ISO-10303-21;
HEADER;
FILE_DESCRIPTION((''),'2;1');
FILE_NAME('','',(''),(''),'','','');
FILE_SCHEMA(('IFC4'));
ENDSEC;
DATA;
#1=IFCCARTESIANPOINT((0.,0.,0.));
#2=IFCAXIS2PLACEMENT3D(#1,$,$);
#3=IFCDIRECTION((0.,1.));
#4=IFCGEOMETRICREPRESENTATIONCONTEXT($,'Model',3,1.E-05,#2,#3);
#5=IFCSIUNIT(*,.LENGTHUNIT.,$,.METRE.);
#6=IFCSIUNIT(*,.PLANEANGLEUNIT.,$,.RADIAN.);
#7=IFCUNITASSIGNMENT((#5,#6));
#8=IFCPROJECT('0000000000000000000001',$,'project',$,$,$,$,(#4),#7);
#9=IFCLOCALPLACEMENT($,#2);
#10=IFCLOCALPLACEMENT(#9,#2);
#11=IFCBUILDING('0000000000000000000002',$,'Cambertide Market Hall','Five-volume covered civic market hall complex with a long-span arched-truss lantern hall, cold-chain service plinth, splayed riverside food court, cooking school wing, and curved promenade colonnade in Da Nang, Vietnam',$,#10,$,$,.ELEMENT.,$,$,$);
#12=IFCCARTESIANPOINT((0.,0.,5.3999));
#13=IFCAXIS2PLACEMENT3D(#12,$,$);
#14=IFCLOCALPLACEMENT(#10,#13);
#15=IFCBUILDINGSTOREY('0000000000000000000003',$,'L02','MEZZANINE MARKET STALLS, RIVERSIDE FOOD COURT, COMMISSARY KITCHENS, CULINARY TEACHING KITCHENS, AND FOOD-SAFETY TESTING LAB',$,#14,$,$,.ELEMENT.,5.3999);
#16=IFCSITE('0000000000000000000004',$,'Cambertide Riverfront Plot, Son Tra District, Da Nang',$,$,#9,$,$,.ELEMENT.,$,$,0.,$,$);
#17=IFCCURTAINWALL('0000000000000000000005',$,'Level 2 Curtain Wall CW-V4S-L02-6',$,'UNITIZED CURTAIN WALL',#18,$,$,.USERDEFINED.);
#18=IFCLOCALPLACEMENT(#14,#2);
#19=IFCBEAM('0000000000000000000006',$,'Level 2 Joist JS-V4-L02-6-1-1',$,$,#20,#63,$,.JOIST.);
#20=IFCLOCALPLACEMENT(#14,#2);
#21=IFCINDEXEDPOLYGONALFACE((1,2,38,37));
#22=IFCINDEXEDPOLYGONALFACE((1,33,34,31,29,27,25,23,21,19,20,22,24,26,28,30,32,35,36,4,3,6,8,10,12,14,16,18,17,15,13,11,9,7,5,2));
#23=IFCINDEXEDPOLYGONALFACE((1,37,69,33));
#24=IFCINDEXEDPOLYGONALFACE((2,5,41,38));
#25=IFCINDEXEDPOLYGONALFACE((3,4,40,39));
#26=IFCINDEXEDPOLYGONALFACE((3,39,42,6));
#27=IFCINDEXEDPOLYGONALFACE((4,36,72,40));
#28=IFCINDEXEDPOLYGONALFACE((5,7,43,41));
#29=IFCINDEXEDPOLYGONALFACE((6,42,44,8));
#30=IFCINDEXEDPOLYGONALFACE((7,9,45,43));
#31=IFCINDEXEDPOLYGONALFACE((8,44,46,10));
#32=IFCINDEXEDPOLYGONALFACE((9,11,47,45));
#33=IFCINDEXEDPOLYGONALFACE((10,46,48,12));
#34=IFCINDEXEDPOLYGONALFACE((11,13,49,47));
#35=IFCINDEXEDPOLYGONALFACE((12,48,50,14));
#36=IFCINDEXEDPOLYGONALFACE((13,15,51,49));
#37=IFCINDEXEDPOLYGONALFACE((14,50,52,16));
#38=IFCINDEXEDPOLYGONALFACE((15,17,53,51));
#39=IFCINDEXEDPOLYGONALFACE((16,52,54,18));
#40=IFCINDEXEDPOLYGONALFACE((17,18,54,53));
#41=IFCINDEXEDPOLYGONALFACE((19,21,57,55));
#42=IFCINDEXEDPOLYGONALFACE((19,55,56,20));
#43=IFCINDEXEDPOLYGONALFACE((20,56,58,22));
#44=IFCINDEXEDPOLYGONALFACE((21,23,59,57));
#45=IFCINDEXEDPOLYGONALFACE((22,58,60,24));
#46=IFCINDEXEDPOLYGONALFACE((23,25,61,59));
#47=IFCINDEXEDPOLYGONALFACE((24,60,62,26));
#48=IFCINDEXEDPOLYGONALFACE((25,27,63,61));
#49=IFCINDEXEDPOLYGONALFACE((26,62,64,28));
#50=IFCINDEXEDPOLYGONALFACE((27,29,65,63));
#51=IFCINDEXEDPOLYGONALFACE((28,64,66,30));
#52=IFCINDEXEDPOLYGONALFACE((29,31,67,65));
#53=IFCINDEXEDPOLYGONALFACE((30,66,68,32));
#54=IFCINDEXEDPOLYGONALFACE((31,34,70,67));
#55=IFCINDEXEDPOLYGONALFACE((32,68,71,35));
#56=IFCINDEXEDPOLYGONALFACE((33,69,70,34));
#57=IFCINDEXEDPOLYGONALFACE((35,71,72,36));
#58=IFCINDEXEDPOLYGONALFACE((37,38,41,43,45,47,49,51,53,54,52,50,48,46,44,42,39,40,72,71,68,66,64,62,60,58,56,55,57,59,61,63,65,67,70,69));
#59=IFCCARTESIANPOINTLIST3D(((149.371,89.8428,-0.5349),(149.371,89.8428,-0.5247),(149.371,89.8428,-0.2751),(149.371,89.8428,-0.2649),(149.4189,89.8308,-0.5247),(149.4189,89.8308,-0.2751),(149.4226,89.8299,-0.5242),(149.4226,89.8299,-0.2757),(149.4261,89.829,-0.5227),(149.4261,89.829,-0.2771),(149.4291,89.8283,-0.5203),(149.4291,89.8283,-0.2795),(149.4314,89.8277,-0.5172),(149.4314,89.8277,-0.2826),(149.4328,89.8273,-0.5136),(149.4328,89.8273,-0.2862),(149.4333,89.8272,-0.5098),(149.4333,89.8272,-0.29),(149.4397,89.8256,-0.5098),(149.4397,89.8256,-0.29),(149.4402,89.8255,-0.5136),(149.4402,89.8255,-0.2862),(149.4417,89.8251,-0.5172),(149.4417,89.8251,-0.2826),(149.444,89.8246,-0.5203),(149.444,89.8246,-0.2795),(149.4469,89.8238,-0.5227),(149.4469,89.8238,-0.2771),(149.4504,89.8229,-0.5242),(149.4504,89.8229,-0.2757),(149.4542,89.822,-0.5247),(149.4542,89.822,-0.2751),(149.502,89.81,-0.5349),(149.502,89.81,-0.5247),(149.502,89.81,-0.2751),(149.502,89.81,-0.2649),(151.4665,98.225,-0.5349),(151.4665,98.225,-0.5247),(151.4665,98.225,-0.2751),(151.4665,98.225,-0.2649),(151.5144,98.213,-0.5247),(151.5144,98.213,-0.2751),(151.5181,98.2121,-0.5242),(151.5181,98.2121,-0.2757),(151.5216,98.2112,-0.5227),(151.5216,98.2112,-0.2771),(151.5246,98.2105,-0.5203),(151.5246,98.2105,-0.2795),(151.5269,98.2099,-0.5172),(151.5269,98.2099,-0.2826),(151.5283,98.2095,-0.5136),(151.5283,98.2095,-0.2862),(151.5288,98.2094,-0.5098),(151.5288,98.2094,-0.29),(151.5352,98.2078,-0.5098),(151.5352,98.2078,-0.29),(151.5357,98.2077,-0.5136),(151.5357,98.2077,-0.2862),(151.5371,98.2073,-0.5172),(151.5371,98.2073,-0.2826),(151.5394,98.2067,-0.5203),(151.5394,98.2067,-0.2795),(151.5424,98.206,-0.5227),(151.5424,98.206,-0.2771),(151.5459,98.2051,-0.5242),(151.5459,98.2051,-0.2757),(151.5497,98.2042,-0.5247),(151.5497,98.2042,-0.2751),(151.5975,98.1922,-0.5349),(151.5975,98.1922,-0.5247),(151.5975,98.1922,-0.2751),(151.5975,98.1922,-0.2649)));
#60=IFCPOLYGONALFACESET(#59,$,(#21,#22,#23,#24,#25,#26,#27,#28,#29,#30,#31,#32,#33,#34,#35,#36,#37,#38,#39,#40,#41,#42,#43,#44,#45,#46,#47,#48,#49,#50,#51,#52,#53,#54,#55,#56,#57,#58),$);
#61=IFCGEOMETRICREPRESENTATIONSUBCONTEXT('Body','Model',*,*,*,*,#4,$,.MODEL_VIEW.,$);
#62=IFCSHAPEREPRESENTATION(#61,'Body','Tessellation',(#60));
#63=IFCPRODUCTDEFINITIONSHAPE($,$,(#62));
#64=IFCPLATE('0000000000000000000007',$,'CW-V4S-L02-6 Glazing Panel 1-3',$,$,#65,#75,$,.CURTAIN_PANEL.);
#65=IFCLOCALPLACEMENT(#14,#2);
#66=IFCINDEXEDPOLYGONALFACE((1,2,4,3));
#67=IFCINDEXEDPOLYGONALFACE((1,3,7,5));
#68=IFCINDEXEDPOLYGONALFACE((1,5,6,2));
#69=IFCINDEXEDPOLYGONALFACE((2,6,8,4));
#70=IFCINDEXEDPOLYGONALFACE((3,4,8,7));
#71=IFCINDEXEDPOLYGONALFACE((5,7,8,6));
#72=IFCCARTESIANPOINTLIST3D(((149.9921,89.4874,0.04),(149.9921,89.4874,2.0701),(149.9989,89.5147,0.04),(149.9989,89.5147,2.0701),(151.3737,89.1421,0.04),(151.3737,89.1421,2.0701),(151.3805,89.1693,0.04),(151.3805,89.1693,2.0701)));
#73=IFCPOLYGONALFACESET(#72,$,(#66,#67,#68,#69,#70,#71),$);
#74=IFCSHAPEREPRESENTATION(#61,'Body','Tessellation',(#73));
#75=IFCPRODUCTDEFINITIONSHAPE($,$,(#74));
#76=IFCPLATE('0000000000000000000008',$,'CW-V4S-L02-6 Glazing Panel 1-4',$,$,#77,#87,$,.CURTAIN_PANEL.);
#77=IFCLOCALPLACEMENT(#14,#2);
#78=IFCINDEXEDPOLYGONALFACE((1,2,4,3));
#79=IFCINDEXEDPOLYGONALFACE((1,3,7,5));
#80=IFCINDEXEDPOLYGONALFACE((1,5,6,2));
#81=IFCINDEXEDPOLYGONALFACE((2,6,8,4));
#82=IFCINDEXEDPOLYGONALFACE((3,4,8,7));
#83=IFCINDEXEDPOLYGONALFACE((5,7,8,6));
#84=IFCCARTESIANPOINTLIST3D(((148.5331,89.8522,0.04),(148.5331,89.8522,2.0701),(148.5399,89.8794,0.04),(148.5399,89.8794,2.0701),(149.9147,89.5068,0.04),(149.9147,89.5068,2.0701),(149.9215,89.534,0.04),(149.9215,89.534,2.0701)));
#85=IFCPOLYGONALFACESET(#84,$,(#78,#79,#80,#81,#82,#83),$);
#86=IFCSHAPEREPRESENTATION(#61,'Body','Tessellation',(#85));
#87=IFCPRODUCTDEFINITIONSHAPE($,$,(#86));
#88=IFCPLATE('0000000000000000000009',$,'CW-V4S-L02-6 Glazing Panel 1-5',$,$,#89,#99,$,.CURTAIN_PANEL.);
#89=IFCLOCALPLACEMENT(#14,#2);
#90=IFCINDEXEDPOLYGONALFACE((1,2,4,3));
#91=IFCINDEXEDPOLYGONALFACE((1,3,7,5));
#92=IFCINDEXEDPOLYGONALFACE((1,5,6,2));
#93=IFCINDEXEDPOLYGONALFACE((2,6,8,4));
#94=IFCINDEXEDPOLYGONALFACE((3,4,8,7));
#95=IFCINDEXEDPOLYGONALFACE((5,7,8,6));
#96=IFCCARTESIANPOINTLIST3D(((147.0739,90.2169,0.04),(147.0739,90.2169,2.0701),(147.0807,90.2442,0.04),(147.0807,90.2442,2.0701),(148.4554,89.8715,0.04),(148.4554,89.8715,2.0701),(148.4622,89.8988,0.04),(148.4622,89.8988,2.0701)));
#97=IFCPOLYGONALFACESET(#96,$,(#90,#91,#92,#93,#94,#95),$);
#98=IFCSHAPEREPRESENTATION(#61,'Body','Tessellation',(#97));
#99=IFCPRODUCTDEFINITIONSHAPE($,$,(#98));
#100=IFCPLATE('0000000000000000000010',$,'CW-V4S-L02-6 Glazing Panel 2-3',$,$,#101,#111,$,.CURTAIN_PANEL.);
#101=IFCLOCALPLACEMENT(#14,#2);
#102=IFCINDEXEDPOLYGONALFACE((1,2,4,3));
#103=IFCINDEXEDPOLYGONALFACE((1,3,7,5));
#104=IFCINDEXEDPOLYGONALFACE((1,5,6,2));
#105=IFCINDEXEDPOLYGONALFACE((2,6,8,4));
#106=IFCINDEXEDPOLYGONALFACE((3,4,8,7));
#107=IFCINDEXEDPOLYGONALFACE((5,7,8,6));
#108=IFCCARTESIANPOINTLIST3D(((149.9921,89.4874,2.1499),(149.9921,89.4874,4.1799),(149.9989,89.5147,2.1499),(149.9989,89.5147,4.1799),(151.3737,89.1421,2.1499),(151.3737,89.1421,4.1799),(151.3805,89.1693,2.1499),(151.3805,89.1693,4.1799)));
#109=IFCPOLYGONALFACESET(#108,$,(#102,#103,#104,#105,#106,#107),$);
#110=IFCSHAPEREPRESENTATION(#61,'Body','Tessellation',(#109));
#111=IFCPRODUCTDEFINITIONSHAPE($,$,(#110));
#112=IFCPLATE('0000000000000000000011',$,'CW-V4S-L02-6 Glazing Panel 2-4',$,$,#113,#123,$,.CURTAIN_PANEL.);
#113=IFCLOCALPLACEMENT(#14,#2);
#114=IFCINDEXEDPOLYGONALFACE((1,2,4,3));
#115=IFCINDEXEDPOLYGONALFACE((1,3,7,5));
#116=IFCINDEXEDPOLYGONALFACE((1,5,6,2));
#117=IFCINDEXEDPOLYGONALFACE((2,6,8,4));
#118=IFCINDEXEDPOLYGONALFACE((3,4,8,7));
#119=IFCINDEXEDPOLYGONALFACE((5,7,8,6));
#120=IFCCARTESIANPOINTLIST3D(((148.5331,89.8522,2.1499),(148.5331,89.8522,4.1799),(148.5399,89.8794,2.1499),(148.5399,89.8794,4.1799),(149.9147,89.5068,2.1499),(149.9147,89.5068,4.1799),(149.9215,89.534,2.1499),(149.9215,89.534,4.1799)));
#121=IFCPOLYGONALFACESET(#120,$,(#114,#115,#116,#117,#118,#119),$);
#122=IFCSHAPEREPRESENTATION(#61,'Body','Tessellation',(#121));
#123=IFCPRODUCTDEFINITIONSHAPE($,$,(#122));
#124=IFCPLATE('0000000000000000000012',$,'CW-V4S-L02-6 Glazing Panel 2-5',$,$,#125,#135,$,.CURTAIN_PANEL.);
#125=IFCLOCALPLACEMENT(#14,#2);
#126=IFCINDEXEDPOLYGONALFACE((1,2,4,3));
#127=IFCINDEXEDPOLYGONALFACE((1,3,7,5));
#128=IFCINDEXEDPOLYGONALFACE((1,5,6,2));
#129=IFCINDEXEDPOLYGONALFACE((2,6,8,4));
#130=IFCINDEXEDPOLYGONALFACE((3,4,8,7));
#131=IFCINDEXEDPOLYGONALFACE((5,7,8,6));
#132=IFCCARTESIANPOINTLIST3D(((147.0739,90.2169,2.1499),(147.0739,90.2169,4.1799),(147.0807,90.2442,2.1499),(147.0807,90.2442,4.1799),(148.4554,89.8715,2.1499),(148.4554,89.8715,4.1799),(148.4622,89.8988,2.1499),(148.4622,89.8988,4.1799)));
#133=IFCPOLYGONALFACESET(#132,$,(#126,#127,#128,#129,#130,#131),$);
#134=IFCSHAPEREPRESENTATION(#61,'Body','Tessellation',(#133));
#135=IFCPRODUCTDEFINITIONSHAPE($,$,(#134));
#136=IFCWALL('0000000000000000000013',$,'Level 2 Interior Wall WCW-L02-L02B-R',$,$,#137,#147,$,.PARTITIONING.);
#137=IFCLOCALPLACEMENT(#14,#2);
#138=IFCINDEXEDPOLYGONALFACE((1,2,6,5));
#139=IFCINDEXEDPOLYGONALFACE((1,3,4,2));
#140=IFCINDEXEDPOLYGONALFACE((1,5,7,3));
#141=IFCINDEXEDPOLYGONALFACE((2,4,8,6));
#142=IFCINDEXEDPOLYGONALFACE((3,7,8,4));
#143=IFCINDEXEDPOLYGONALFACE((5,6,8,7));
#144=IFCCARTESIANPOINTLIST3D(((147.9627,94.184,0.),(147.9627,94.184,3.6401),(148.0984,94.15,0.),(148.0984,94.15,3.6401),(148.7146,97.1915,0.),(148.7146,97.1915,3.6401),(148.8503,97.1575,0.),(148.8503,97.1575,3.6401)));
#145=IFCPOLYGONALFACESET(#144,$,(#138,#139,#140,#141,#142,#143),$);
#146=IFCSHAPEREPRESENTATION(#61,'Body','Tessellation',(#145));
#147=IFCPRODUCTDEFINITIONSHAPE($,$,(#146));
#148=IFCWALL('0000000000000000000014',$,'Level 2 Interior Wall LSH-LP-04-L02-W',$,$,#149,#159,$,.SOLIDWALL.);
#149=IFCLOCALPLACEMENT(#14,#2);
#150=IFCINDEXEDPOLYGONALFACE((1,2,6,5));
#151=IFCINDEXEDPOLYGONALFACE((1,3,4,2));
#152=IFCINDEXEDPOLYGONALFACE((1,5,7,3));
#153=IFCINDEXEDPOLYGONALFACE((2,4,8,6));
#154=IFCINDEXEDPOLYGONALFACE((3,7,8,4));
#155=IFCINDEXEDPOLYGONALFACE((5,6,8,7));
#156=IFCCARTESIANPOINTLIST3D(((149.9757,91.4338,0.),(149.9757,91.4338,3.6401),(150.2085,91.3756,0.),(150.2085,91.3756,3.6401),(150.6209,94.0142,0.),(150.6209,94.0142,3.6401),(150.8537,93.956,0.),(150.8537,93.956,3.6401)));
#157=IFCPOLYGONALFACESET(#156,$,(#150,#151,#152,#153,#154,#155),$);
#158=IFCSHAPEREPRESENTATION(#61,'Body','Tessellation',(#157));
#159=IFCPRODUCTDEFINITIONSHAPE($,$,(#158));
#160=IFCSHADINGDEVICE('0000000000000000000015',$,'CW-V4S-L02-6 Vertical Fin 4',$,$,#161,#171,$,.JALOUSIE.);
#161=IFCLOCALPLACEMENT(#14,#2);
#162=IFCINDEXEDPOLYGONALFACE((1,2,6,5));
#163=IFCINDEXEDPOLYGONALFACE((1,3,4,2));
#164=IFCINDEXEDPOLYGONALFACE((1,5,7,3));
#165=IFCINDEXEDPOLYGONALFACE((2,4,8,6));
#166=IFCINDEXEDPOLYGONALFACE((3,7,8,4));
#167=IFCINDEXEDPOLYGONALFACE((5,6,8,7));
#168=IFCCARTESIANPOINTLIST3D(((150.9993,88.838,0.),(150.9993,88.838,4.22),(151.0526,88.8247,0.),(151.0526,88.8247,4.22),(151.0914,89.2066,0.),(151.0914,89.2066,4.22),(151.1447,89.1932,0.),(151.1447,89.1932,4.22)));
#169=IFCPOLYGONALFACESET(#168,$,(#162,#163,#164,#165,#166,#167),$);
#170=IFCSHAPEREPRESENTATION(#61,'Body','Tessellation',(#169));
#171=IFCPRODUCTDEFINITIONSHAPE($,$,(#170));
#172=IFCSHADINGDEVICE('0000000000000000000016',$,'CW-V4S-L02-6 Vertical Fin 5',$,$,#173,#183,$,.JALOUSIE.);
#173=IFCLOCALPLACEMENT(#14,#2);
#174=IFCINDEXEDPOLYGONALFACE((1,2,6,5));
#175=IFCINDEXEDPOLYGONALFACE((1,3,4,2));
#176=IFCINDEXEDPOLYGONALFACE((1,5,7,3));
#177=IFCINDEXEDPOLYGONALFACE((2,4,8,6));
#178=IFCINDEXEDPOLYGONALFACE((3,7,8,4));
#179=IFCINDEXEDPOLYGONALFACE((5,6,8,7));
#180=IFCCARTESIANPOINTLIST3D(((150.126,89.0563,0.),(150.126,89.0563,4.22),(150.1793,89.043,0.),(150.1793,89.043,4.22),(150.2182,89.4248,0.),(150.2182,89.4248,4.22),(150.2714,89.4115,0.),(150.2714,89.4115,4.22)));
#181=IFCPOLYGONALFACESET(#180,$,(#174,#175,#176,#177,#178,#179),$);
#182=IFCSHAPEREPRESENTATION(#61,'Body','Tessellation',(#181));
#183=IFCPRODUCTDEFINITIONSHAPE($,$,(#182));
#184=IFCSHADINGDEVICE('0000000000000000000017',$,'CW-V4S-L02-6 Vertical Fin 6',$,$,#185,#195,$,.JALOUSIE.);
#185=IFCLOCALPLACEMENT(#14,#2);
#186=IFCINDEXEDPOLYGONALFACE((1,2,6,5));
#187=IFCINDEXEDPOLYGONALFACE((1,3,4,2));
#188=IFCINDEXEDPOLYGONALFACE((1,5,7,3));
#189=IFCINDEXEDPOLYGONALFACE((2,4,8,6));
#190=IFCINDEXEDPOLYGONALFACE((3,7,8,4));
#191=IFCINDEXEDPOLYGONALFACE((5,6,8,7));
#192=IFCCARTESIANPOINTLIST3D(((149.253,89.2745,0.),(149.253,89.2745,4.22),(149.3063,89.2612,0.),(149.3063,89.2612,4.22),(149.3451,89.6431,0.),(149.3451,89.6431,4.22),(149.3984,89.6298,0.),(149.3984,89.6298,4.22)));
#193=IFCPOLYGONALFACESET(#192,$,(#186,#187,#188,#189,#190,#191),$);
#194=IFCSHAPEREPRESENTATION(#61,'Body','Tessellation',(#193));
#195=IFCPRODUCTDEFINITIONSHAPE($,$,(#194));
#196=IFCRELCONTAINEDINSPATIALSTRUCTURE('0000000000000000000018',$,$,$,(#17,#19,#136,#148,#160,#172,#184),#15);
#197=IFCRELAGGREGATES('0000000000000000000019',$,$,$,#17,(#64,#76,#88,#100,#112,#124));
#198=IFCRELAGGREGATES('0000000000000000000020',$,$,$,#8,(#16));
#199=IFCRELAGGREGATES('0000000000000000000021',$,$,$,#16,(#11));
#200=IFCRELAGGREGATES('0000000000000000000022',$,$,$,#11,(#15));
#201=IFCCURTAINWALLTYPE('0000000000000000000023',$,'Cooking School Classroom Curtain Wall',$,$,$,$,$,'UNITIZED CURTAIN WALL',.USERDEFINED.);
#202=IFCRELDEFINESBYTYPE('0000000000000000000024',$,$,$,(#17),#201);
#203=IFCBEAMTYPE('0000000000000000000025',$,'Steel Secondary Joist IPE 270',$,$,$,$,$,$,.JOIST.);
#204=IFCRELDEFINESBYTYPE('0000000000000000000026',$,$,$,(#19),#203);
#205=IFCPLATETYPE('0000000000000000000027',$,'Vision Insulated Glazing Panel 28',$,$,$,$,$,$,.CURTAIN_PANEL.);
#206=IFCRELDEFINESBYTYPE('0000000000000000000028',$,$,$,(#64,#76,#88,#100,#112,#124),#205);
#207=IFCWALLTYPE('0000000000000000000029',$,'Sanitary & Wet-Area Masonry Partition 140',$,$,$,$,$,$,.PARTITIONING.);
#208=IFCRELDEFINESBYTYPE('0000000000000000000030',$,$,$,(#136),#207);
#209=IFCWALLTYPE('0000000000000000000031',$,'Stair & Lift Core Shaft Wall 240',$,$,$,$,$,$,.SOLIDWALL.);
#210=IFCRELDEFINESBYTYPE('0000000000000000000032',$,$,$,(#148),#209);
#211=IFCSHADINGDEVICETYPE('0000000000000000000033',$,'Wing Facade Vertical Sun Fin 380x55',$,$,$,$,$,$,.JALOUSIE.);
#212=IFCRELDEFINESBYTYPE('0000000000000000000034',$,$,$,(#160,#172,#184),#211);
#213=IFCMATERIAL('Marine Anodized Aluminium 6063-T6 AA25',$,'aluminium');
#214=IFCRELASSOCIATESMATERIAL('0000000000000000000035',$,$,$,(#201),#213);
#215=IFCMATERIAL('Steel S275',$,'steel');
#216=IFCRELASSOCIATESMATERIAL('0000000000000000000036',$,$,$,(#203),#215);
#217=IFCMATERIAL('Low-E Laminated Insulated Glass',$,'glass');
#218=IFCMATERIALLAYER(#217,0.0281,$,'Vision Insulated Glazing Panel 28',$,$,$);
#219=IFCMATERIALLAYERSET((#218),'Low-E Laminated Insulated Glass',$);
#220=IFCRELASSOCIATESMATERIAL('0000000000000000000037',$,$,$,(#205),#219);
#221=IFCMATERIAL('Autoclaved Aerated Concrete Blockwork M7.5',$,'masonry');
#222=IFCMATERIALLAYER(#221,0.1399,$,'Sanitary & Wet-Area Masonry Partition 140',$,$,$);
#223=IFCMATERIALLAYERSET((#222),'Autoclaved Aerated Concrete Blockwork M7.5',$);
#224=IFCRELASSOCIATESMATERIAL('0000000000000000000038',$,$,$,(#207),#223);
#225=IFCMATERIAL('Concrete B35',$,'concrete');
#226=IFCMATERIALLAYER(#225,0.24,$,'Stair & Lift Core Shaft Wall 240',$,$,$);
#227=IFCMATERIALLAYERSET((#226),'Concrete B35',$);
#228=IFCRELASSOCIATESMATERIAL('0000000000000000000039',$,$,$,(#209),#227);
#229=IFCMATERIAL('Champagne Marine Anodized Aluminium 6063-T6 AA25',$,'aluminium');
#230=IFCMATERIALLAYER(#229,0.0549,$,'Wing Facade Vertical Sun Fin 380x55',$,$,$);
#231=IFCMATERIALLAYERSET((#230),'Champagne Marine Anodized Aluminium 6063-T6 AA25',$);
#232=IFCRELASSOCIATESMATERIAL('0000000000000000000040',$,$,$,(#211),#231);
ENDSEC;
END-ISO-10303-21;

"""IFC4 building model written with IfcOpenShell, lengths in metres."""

from ifc_helpers import new_model, si_unit, direction, frame, frame_2d, origin, origin_2d, place, context, subcontext, project, spatial, rectangle, i_section, extrude, material, layer, layer_set, material_profile, profile_set, type_object, element, aggregate, save


model = new_model("IFC4")

# Units and contexts
model_context = context("Model", 3, precision=1e-05, world=origin(), true_north=direction((0.0, 1.0)))
body_context = subcontext(model_context, "Body", "Model", "MODEL_VIEW")
ifc_project = project(units=[si_unit("LENGTHUNIT", "METRE"), si_unit("PLANEANGLEUNIT", "RADIAN")], contexts=[model_context])

# Site, building, storey
site_placement = place(None, origin())
site = spatial("IfcSite", under=ifc_project, at=site_placement, Name="Cambertide Riverfront Plot, Son Tra District, Da Nang", CompositionType="ELEMENT", RefElevation=0.0)
building_placement = place(site_placement, origin())
building = spatial("IfcBuilding", under=site, at=building_placement, Name="Cambertide Market Hall", Description="Five-volume covered civic market hall complex with a long-span arched-truss lantern hall, cold-chain service plinth, splayed riverside food court, cooking school wing, and curved promenade colonnade in Da Nang, Vietnam", CompositionType="ELEMENT")
storey_placement = place(building_placement, frame((0.0, 0.0, 5.3999)))
storey = spatial("IfcBuildingStorey", under=building, at=storey_placement, Name="L02", Description="MEZZANINE MARKET STALLS, RIVERSIDE FOOD COURT, COMMISSARY KITCHENS, CULINARY TEACHING KITCHENS, AND FOOD-SAFETY TESTING LAB", CompositionType="ELEMENT", Elevation=5.3999)

# Curtain wall
ifc_material_1 = material(Name="Marine Anodized Aluminium 6063-T6 AA25", Category="aluminium")
curtain_wall_type = type_object("IfcCurtainWallType", Name="Cooking School Classroom Curtain Wall", ElementType="UNITIZED CURTAIN WALL", PredefinedType="USERDEFINED", material=ifc_material_1)
curtain_wall_placement = place(storey_placement, origin())
curtain_wall = element("IfcCurtainWall", 1, at=curtain_wall_placement, inside=storey, type_object=curtain_wall_type, Name="Level 2 Curtain Wall CW-V4S-L02-6", ObjectType="UNITIZED CURTAIN WALL", PredefinedType="USERDEFINED")

# Beam
ifc_material_2 = material(Name="Steel S275", Category="steel")
ifc_material_profile_1 = material_profile(ifc_material_2, i_section(OverallWidth=0.135, OverallDepth=0.27, WebThickness=0.0066, FlangeThickness=0.0103, FilletRadius=0.0149, at=origin_2d()), Name="IPE 270")
ifc_profile_set_1 = profile_set([ifc_material_profile_1], Name="Steel S275")
beam_type = type_object("IfcBeamType", Name="Steel Secondary Joist IPE 270", PredefinedType="JOIST", material=ifc_profile_set_1)
beam_placement = place(storey_placement, frame((149.4365, 89.8264, -0.3999), z_axis=(0.242529, 0.970144, 0.0), x_axis=(-0.970144, 0.242529, 0.0)))
element("IfcBeam", 2, at=beam_placement, inside=storey, type_object=beam_type, Name="Level 2 Joist JS-V4-L02-6-1-1", PredefinedType="JOIST", context=body_context, shape_type="SweptSolid", body=[
    extrude(i_section(OverallWidth=0.135, OverallDepth=0.27, WebThickness=0.0066, FlangeThickness=0.0103, FilletRadius=0.0149, at=origin_2d()), origin(), (0.0, 0.0, 1.0), 8.6401),
])

# Plates
ifc_material_3 = material(Name="Low-E Laminated Insulated Glass", Category="glass")
ifc_layer_1 = layer(ifc_material_3, 0.0281, Name="Vision Insulated Glazing Panel 28")
ifc_layer_set_1 = layer_set([ifc_layer_1], Name="Low-E Laminated Insulated Glass")
plate_type = type_object("IfcPlateType", Name="Vision Insulated Glazing Panel 28", PredefinedType="CURTAIN_PANEL", material=ifc_layer_set_1)
plate_1_placement = place(storey_placement, frame((150.6863, 89.3284, 0.04), z_axis=(0.0, 0.0, 1.0), x_axis=(-0.970143, 0.242535, 0.0)))
plate_1 = element("IfcPlate", 3, at=plate_1_placement, type_object=plate_type, Name="CW-V4S-L02-6 Glazing Panel 1-3", PredefinedType="CURTAIN_PANEL", context=body_context, shape_type="SweptSolid", body=[
    extrude(rectangle(XDim=1.4241, YDim=0.0281, at=origin_2d()), origin(), (0.0, 0.0, 1.0), 2.03),
])
plate_2_placement = place(storey_placement, frame((149.2273, 89.6931, 0.04), z_axis=(0.0, 0.0, 1.0), x_axis=(-0.970143, 0.242535, 0.0)))
plate_2 = element("IfcPlate", 4, at=plate_2_placement, type_object=plate_type, Name="CW-V4S-L02-6 Glazing Panel 1-4", PredefinedType="CURTAIN_PANEL", context=body_context, shape_type="SweptSolid", body=[
    extrude(rectangle(XDim=1.4241, YDim=0.0281, at=origin_2d()), origin(), (0.0, 0.0, 1.0), 2.03),
])
plate_3_placement = place(storey_placement, frame((147.7681, 90.0579, 0.04), z_axis=(0.0, 0.0, 1.0), x_axis=(-0.970143, 0.242535, 0.0)))
plate_3 = element("IfcPlate", 5, at=plate_3_placement, type_object=plate_type, Name="CW-V4S-L02-6 Glazing Panel 1-5", PredefinedType="CURTAIN_PANEL", context=body_context, shape_type="SweptSolid", body=[
    extrude(rectangle(XDim=1.4241, YDim=0.0281, at=origin_2d()), origin(), (0.0, 0.0, 1.0), 2.03),
])
plate_4_placement = place(storey_placement, frame((150.6863, 89.3284, 2.1499), z_axis=(0.0, 0.0, 1.0), x_axis=(-0.970143, 0.242535, 0.0)))
plate_4 = element("IfcPlate", 6, at=plate_4_placement, type_object=plate_type, Name="CW-V4S-L02-6 Glazing Panel 2-3", PredefinedType="CURTAIN_PANEL", context=body_context, shape_type="SweptSolid", body=[
    extrude(rectangle(XDim=1.4241, YDim=0.0281, at=origin_2d()), origin(), (0.0, 0.0, 1.0), 2.03),
])
plate_5_placement = place(storey_placement, frame((149.2273, 89.6931, 2.1499), z_axis=(0.0, 0.0, 1.0), x_axis=(-0.970143, 0.242535, 0.0)))
plate_5 = element("IfcPlate", 7, at=plate_5_placement, type_object=plate_type, Name="CW-V4S-L02-6 Glazing Panel 2-4", PredefinedType="CURTAIN_PANEL", context=body_context, shape_type="SweptSolid", body=[
    extrude(rectangle(XDim=1.4241, YDim=0.0281, at=origin_2d()), origin(), (0.0, 0.0, 1.0), 2.03),
])
plate_6_placement = place(storey_placement, frame((147.7681, 90.0579, 2.1499), z_axis=(0.0, 0.0, 1.0), x_axis=(-0.970143, 0.242535, 0.0)))
plate_6 = element("IfcPlate", 8, at=plate_6_placement, type_object=plate_type, Name="CW-V4S-L02-6 Glazing Panel 2-5", PredefinedType="CURTAIN_PANEL", context=body_context, shape_type="SweptSolid", body=[
    extrude(rectangle(XDim=1.4241, YDim=0.0281, at=origin_2d()), origin(), (0.0, 0.0, 1.0), 2.03),
])
aggregate(curtain_wall, [plate_1, plate_2, plate_3, plate_4, plate_5, plate_6])

# Wall
ifc_material_4 = material(Name="Autoclaved Aerated Concrete Blockwork M7.5", Category="masonry")
ifc_layer_2 = layer(ifc_material_4, 0.1399, Name="Sanitary & Wet-Area Masonry Partition 140")
ifc_layer_set_2 = layer_set([ifc_layer_2], Name="Autoclaved Aerated Concrete Blockwork M7.5")
wall_type_1 = type_object("IfcWallType", Name="Sanitary & Wet-Area Masonry Partition 140", PredefinedType="PARTITIONING", material=ifc_layer_set_2)
wall_1_placement = place(storey_placement, frame((148.0305, 94.167, 0.0), z_axis=(0.0, 0.0, 1.0), x_axis=(0.242554, 0.970138, 0.0)))
element("IfcWall", 9, at=wall_1_placement, inside=storey, type_object=wall_type_1, Name="Level 2 Interior Wall WCW-L02-L02B-R", PredefinedType="PARTITIONING", context=body_context, shape_type="SweptSolid", body=[
    extrude(rectangle(XDim=3.1001, YDim=0.1399, at=frame_2d((1.55, 0.0))), origin(), (0.0, 0.0, 1.0), 3.6401),
])

# Shared definitions
ifc_material_5 = material(Name="Concrete B35", Category="concrete")
ifc_layer_3 = layer(ifc_material_5, 0.24, Name="Stair & Lift Core Shaft Wall 240")
ifc_layer_set_3 = layer_set([ifc_layer_3], Name="Concrete B35")
wall_type_2 = type_object("IfcWallType", Name="Stair & Lift Core Shaft Wall 240", PredefinedType="SOLIDWALL", material=ifc_layer_set_3)

# Wall
wall_2_placement = place(storey_placement, frame((150.092, 91.4045, 0.0), z_axis=(0.0, 0.0, 1.0), x_axis=(0.242579, 0.970132, 0.0)))
element("IfcWall", 10, at=wall_2_placement, inside=storey, type_object=wall_type_2, Name="Level 2 Interior Wall LSH-LP-04-L02-W", PredefinedType="SOLIDWALL", context=body_context, shape_type="SweptSolid", body=[
    extrude(rectangle(XDim=2.6599, YDim=0.24, at=frame_2d((1.3301, 0.0))), origin(), (0.0, 0.0, 1.0), 3.6401),
])

# Shading devices
ifc_material_6 = material(Name="Champagne Marine Anodized Aluminium 6063-T6 AA25", Category="aluminium")
ifc_layer_4 = layer(ifc_material_6, 0.0549, Name="Wing Facade Vertical Sun Fin 380x55")
ifc_layer_set_4 = layer_set([ifc_layer_4], Name="Champagne Marine Anodized Aluminium 6063-T6 AA25")
shading_device_type = type_object("IfcShadingDeviceType", Name="Wing Facade Vertical Sun Fin 380x55", PredefinedType="JALOUSIE", material=ifc_layer_set_4)
for number, where, z_axis, x_axis, name in (
    (11, (151.072, 89.0156, 0.0), (0.0, 0.0, 1.0), (-0.970143, 0.242535, 0.0), "CW-V4S-L02-6 Vertical Fin 4"),
    (12, (150.1987, 89.2339, 0.0), (0.0, 0.0, 1.0), (-0.970143, 0.242535, 0.0), "CW-V4S-L02-6 Vertical Fin 5"),
    (13, (149.3257, 89.4521, 0.0), (0.0, 0.0, 1.0), (-0.970143, 0.242535, 0.0), "CW-V4S-L02-6 Vertical Fin 6"),
):
    element("IfcShadingDevice", number, at=place(storey_placement, frame(where, z_axis=z_axis, x_axis=x_axis)), inside=storey, type_object=shading_device_type, Name=name, PredefinedType="JALOUSIE", context=body_context, shape_type="SweptSolid", body=[
        extrude(rectangle(XDim=0.0549, YDim=0.3799, at=origin_2d()), origin(), (0.0, 0.0, 1.0), 4.22),
    ])

save(model, "model.ifc")
